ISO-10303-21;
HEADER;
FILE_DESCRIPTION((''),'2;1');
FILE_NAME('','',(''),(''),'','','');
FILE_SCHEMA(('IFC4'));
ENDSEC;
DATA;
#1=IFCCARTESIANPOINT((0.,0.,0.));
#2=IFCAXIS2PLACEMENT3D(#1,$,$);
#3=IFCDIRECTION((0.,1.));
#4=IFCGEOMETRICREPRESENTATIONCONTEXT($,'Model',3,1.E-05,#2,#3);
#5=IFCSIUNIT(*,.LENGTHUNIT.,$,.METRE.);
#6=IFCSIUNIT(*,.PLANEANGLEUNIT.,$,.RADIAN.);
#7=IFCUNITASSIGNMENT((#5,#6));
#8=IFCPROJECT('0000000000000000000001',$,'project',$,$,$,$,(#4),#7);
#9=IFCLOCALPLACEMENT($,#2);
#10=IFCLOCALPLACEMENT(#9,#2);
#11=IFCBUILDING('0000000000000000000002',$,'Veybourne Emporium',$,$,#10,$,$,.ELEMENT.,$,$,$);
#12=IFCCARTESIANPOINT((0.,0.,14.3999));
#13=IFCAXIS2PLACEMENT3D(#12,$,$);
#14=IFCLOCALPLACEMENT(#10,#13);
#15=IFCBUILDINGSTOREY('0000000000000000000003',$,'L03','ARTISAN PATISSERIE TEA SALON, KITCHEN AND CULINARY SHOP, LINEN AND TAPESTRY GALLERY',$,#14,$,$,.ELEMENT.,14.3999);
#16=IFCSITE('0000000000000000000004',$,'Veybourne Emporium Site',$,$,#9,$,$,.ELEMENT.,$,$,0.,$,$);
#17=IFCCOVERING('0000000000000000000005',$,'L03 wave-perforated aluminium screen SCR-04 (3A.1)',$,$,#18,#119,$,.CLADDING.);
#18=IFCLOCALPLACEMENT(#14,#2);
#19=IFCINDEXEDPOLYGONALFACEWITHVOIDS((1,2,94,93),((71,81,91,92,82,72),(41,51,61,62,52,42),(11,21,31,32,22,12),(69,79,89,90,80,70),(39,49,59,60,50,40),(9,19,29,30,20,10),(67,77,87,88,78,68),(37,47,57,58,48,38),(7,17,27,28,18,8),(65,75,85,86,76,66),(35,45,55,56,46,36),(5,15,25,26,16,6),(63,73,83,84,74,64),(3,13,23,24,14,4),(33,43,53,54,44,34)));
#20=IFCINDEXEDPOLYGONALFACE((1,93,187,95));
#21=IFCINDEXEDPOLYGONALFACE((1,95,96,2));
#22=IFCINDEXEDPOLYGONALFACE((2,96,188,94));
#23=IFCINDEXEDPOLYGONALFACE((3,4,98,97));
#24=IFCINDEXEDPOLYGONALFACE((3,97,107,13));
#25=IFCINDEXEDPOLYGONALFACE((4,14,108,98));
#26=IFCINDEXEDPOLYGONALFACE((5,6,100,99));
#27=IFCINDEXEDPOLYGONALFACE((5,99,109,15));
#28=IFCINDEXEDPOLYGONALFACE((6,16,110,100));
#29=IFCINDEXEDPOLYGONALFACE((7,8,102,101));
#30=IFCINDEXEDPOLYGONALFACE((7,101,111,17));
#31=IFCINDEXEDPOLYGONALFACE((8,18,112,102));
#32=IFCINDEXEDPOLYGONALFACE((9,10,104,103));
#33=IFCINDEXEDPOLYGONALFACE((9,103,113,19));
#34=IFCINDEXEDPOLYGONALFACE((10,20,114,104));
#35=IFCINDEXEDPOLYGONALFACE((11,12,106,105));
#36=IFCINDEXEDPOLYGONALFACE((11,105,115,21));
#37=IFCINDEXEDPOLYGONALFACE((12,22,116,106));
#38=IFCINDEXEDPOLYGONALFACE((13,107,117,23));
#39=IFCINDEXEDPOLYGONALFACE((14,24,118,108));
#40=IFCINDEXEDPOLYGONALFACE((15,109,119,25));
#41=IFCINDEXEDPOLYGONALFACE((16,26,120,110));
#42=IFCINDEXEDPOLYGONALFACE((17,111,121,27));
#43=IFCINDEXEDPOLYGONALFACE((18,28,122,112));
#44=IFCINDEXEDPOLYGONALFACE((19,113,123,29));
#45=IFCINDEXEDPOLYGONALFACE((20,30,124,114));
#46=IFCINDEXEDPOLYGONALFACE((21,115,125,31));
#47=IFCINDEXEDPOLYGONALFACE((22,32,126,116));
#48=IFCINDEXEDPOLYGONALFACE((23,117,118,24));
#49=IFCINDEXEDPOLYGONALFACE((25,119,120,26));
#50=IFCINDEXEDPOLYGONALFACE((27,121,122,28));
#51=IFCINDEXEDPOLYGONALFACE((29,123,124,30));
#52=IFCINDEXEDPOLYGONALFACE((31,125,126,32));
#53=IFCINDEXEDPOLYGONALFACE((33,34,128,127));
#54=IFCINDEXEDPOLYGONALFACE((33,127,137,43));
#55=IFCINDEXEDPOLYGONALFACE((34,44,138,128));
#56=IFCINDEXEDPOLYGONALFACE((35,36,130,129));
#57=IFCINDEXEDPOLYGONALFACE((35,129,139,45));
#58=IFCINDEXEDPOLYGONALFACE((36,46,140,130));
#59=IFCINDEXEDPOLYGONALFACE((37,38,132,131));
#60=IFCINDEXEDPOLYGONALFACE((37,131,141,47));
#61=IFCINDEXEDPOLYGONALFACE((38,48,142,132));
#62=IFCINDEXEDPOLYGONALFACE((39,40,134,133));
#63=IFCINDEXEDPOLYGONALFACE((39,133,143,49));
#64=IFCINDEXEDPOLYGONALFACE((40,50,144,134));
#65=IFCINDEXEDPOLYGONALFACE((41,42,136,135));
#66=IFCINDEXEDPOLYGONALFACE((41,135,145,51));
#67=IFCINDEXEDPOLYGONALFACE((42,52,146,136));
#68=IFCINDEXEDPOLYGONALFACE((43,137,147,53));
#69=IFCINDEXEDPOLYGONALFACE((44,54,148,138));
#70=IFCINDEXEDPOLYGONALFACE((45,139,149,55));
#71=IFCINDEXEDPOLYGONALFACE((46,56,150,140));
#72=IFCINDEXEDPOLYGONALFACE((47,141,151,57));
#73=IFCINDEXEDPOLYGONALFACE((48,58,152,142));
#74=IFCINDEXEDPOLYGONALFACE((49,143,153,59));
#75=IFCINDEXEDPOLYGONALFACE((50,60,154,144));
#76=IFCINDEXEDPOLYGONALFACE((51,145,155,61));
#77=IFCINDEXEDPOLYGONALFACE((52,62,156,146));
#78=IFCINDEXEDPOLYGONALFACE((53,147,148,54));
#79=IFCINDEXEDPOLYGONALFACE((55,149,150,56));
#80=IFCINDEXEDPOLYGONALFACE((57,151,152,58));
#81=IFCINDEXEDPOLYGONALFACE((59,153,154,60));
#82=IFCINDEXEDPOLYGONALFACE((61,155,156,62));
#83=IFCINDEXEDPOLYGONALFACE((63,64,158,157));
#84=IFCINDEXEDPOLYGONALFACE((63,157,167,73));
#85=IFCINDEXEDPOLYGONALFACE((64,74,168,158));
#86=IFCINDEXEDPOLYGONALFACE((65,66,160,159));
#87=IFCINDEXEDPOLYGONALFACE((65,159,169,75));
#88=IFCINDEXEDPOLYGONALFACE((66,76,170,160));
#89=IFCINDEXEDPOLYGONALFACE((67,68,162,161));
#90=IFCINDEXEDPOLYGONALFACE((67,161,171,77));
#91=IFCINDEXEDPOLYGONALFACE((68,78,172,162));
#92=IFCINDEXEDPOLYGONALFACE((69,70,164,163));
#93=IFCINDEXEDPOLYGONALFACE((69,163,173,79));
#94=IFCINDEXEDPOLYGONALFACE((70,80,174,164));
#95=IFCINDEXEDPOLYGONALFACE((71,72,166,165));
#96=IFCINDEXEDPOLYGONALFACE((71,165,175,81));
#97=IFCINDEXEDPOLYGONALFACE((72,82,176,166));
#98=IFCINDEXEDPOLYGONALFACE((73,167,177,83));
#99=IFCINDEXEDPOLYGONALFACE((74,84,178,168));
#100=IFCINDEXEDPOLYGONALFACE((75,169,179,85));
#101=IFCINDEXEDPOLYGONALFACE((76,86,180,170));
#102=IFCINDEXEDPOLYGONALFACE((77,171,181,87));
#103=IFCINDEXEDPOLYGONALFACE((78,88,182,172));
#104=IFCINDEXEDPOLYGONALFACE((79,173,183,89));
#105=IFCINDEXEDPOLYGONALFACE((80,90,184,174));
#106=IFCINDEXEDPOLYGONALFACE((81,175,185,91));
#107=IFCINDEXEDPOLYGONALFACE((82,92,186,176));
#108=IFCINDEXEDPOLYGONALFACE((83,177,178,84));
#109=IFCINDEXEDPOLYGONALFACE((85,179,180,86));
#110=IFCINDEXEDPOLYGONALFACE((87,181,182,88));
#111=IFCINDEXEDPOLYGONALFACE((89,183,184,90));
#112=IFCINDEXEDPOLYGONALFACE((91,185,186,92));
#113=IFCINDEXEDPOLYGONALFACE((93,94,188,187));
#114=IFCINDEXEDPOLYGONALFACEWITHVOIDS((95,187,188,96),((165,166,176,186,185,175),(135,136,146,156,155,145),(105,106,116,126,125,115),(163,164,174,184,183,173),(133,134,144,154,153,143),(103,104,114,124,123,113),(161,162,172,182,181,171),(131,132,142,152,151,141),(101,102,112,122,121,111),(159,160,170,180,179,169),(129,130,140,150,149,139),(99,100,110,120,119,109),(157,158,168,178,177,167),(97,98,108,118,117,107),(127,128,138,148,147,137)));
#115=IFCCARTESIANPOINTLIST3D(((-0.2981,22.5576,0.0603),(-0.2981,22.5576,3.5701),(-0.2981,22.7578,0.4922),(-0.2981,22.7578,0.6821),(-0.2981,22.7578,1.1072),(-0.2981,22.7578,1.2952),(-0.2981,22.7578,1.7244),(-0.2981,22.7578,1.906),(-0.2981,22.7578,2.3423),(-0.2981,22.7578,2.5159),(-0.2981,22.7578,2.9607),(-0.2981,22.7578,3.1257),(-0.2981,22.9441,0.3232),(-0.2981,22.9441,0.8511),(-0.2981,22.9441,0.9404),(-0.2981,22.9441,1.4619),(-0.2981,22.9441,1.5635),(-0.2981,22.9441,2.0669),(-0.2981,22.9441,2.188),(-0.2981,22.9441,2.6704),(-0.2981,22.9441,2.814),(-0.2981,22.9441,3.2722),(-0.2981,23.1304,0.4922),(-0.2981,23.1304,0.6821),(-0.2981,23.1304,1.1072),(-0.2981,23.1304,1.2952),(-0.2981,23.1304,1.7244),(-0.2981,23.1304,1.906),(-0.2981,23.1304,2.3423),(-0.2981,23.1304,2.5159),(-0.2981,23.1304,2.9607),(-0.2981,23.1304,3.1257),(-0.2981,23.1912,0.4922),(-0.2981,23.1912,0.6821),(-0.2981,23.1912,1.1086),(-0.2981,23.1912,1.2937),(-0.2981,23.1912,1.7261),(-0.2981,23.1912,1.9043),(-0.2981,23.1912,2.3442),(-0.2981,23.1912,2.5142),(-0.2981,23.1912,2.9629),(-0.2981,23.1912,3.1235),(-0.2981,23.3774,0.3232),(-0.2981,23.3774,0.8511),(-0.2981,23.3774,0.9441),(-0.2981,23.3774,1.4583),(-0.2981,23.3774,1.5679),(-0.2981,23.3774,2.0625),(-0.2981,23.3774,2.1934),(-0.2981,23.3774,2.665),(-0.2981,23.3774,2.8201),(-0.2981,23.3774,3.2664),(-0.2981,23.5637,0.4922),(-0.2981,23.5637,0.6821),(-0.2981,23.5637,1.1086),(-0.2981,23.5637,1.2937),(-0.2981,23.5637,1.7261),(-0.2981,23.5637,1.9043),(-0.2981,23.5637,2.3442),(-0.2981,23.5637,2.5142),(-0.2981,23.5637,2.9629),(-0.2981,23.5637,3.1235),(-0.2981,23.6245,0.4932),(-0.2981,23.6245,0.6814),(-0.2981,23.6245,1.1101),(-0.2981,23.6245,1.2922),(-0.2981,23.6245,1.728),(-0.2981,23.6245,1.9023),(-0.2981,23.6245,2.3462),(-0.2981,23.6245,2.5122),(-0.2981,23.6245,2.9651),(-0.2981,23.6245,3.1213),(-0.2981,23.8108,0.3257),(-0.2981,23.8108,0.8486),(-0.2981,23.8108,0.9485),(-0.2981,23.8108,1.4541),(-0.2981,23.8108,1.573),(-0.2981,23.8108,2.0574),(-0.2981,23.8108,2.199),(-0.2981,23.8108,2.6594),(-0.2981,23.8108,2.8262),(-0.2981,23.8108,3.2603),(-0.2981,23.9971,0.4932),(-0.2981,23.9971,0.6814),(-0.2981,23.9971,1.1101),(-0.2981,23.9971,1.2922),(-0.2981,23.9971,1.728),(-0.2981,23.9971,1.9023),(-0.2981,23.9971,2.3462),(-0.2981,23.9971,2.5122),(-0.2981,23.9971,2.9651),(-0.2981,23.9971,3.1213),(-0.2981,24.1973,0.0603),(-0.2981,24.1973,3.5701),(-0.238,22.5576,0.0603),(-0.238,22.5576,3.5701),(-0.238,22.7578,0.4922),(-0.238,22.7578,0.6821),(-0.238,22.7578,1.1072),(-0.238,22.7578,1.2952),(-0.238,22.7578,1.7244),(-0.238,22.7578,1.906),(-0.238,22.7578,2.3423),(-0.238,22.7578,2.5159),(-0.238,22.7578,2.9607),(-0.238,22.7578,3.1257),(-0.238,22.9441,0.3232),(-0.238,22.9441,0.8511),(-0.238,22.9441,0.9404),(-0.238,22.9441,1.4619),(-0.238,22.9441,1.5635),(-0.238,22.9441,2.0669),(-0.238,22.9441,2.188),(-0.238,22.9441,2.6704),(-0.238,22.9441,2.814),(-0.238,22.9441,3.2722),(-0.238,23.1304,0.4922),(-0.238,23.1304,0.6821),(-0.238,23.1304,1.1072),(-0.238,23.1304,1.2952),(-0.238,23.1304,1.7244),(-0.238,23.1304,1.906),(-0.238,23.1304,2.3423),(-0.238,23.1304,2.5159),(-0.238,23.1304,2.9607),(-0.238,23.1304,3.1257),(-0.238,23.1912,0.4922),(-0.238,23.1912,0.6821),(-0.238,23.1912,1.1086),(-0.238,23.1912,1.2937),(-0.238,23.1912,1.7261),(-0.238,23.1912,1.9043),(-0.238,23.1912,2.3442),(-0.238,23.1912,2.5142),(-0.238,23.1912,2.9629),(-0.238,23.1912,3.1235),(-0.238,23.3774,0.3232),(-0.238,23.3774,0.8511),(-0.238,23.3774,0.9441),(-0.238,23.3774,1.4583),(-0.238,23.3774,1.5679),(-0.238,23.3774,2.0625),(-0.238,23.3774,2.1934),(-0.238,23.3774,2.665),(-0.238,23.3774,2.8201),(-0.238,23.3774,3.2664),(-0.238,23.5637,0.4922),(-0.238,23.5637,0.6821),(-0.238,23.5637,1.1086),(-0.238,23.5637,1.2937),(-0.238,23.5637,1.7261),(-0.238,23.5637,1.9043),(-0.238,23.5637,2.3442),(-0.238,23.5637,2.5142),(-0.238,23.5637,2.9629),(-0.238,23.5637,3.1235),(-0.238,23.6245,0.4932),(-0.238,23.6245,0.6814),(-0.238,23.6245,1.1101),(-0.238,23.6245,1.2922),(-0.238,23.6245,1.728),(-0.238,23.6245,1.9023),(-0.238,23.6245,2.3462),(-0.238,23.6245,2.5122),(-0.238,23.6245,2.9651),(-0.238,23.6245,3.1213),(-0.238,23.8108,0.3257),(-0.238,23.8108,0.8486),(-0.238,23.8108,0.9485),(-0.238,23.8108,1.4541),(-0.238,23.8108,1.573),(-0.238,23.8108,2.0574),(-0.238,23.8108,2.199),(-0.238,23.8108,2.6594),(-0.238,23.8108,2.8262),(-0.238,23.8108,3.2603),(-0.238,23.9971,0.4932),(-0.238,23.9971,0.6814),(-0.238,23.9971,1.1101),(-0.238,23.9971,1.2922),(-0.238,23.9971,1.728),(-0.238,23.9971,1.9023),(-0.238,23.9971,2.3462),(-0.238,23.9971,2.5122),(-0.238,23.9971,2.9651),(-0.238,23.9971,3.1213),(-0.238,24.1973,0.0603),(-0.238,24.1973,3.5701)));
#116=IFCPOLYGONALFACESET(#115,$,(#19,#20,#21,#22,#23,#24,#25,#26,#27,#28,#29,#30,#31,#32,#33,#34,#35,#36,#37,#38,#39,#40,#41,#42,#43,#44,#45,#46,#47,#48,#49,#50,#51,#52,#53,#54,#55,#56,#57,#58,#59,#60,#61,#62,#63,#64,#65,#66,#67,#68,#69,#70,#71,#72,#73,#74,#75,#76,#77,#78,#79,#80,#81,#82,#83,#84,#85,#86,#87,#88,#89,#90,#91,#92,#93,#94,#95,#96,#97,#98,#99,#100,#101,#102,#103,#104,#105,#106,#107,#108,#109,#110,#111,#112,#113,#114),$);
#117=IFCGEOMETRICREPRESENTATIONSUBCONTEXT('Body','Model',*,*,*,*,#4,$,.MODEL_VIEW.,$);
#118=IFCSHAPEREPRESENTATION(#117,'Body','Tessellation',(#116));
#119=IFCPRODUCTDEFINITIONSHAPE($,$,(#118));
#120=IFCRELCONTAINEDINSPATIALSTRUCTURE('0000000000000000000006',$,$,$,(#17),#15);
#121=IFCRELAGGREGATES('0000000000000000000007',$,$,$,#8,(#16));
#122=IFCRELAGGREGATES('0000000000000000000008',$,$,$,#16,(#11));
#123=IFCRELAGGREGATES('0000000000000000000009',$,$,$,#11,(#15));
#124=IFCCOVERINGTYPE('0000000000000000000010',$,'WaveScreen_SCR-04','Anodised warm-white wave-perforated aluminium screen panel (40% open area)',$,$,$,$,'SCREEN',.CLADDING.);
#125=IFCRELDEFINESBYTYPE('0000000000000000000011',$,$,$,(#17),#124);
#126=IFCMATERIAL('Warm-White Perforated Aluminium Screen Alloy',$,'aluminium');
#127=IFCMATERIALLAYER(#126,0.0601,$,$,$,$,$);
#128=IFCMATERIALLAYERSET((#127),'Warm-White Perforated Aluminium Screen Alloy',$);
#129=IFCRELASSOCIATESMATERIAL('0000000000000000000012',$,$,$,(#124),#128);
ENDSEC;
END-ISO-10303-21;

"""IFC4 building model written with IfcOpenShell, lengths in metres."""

from ifc_helpers import new_model, si_unit, direction, frame, origin, place, context, subcontext, project, spatial, polyline, outline, extrude, material, layer, layer_set, type_object, element, save


model = new_model("IFC4")

# Units and contexts
model_context = context("Model", 3, precision=1e-05, world=origin(), true_north=direction((0.0, 1.0)))
body_context = subcontext(model_context, "Body", "Model", "MODEL_VIEW")
ifc_project = project(units=[si_unit("LENGTHUNIT", "METRE"), si_unit("PLANEANGLEUNIT", "RADIAN")], contexts=[model_context])

# Site, building, storey
site_placement = place(None, origin())
site = spatial("IfcSite", under=ifc_project, at=site_placement, Name="Veybourne Emporium Site", CompositionType="ELEMENT", RefElevation=0.0)
building_placement = place(site_placement, origin())
building = spatial("IfcBuilding", under=site, at=building_placement, Name="Veybourne Emporium", CompositionType="ELEMENT")
storey_placement = place(building_placement, frame((0.0, 0.0, 14.3999)))
storey = spatial("IfcBuildingStorey", under=building, at=storey_placement, Name="L03", Description="ARTISAN PATISSERIE TEA SALON, KITCHEN AND CULINARY SHOP, LINEN AND TAPESTRY GALLERY", CompositionType="ELEMENT", Elevation=14.3999)

# Covering
ifc_material_1 = material(Name="Warm-White Perforated Aluminium Screen Alloy", Category="aluminium")
ifc_layer_1 = layer(ifc_material_1, 0.0601)
ifc_layer_set_1 = layer_set([ifc_layer_1], Name="Warm-White Perforated Aluminium Screen Alloy")
covering_type_1 = type_object("IfcCoveringType", Name="WaveScreen_SCR-04", Description="Anodised warm-white wave-perforated aluminium screen panel (40% open area)", ElementType="SCREEN", PredefinedType="CLADDING", material=ifc_layer_set_1)
covering_1_placement = place(storey_placement, frame((-0.2981, 23.3774, 1.8152), z_axis=(1.0, 0.0, 0.0), x_axis=(0.0, 1.0, 0.0)))
element("IfcCovering", 1, at=covering_1_placement, inside=storey, type_object=covering_type_1, Name="L03 wave-perforated aluminium screen SCR-04 (3A.1)", PredefinedType="CLADDING", context=body_context, shape_type="SweptSolid", body=[
    extrude(outline(polyline([(-0.8198, -1.7549), (0.8198, -1.7549), (0.8198, 1.7549), (-0.8198, 1.7549), (-0.8198, -1.7549)]), holes=[polyline([(-0.4333, -0.9641), (-0.2471, -1.1331), (-0.2471, -1.323), (-0.4333, -1.4919), (-0.6196, -1.323), (-0.6196, -1.1331), (-0.4333, -0.9641)]), polyline([(-0.4333, -0.3533), (-0.2471, -0.52), (-0.2471, -0.708), (-0.4333, -0.8748), (-0.6196, -0.708), (-0.6196, -0.52), (-0.4333, -0.3533)]), polyline([(-0.4333, 0.2517), (-0.2471, 0.0908), (-0.2471, -0.0908), (-0.4333, -0.2517), (-0.6196, -0.0908), (-0.6196, 0.0908), (-0.4333, 0.2517)]), polyline([(-0.4333, 0.8552), (-0.2471, 0.7007), (-0.2471, 0.5271), (-0.4333, 0.3728), (-0.6196, 0.5271), (-0.6196, 0.7007), (-0.4333, 0.8552)]), polyline([(-0.4333, 1.457), (-0.2471, 1.3105), (-0.2471, 1.1455), (-0.4333, 0.9988), (-0.6196, 1.1455), (-0.6196, 1.3105), (-0.4333, 1.457)]), polyline([(0.0, -0.9641), (0.1863, -1.1331), (0.1863, -1.323), (0.0, -1.4919), (-0.1863, -1.323), (-0.1863, -1.1331), (0.0, -0.9641)]), polyline([(0.0, -0.3569), (0.1863, -0.5215), (0.1863, -0.7065), (0.0, -0.8711), (-0.1863, -0.7065), (-0.1863, -0.5215), (0.0, -0.3569)]), polyline([(0.0, 0.2473), (0.1863, 0.0891), (0.1863, -0.0891), (0.0, -0.2473), (-0.1863, -0.0891), (-0.1863, 0.0891), (0.0, 0.2473)]), polyline([(0.0, 0.8499), (0.1863, 0.699), (0.1863, 0.5291), (0.0, 0.3782), (-0.1863, 0.5291), (-0.1863, 0.699), (0.0, 0.8499)]), polyline([(0.0, 1.4512), (0.1863, 1.3083), (0.1863, 1.1477), (0.0, 1.0049), (-0.1863, 1.1477), (-0.1863, 1.3083), (0.0, 1.4512)]), polyline([(0.4333, -0.9666), (0.6196, -1.1338), (0.6196, -1.322), (0.4333, -1.4895), (0.2471, -1.322), (0.2471, -1.1338), (0.4333, -0.9666)]), polyline([(0.4333, -0.3611), (0.6196, -0.5229), (0.6196, -0.7051), (0.4333, -0.8667), (0.2471, -0.7051), (0.2471, -0.5229), (0.4333, -0.3611)]), polyline([(0.4333, 0.2422), (0.6196, 0.0872), (0.6196, -0.0872), (0.4333, -0.2422), (0.2471, -0.0872), (0.2471, 0.0872), (0.4333, 0.2422)]), polyline([(0.4333, 0.8442), (0.6196, 0.697), (0.6196, 0.531), (0.4333, 0.3838), (0.2471, 0.531), (0.2471, 0.697), (0.4333, 0.8442)]), polyline([(0.4333, 1.4451), (0.6196, 1.3062), (0.6196, 1.1499), (0.4333, 1.011), (0.2471, 1.1499), (0.2471, 1.3062), (0.4333, 1.4451)])]), origin(), (0.0, 0.0, 1.0), 0.0601),
])

save(model, "model.ifc")
